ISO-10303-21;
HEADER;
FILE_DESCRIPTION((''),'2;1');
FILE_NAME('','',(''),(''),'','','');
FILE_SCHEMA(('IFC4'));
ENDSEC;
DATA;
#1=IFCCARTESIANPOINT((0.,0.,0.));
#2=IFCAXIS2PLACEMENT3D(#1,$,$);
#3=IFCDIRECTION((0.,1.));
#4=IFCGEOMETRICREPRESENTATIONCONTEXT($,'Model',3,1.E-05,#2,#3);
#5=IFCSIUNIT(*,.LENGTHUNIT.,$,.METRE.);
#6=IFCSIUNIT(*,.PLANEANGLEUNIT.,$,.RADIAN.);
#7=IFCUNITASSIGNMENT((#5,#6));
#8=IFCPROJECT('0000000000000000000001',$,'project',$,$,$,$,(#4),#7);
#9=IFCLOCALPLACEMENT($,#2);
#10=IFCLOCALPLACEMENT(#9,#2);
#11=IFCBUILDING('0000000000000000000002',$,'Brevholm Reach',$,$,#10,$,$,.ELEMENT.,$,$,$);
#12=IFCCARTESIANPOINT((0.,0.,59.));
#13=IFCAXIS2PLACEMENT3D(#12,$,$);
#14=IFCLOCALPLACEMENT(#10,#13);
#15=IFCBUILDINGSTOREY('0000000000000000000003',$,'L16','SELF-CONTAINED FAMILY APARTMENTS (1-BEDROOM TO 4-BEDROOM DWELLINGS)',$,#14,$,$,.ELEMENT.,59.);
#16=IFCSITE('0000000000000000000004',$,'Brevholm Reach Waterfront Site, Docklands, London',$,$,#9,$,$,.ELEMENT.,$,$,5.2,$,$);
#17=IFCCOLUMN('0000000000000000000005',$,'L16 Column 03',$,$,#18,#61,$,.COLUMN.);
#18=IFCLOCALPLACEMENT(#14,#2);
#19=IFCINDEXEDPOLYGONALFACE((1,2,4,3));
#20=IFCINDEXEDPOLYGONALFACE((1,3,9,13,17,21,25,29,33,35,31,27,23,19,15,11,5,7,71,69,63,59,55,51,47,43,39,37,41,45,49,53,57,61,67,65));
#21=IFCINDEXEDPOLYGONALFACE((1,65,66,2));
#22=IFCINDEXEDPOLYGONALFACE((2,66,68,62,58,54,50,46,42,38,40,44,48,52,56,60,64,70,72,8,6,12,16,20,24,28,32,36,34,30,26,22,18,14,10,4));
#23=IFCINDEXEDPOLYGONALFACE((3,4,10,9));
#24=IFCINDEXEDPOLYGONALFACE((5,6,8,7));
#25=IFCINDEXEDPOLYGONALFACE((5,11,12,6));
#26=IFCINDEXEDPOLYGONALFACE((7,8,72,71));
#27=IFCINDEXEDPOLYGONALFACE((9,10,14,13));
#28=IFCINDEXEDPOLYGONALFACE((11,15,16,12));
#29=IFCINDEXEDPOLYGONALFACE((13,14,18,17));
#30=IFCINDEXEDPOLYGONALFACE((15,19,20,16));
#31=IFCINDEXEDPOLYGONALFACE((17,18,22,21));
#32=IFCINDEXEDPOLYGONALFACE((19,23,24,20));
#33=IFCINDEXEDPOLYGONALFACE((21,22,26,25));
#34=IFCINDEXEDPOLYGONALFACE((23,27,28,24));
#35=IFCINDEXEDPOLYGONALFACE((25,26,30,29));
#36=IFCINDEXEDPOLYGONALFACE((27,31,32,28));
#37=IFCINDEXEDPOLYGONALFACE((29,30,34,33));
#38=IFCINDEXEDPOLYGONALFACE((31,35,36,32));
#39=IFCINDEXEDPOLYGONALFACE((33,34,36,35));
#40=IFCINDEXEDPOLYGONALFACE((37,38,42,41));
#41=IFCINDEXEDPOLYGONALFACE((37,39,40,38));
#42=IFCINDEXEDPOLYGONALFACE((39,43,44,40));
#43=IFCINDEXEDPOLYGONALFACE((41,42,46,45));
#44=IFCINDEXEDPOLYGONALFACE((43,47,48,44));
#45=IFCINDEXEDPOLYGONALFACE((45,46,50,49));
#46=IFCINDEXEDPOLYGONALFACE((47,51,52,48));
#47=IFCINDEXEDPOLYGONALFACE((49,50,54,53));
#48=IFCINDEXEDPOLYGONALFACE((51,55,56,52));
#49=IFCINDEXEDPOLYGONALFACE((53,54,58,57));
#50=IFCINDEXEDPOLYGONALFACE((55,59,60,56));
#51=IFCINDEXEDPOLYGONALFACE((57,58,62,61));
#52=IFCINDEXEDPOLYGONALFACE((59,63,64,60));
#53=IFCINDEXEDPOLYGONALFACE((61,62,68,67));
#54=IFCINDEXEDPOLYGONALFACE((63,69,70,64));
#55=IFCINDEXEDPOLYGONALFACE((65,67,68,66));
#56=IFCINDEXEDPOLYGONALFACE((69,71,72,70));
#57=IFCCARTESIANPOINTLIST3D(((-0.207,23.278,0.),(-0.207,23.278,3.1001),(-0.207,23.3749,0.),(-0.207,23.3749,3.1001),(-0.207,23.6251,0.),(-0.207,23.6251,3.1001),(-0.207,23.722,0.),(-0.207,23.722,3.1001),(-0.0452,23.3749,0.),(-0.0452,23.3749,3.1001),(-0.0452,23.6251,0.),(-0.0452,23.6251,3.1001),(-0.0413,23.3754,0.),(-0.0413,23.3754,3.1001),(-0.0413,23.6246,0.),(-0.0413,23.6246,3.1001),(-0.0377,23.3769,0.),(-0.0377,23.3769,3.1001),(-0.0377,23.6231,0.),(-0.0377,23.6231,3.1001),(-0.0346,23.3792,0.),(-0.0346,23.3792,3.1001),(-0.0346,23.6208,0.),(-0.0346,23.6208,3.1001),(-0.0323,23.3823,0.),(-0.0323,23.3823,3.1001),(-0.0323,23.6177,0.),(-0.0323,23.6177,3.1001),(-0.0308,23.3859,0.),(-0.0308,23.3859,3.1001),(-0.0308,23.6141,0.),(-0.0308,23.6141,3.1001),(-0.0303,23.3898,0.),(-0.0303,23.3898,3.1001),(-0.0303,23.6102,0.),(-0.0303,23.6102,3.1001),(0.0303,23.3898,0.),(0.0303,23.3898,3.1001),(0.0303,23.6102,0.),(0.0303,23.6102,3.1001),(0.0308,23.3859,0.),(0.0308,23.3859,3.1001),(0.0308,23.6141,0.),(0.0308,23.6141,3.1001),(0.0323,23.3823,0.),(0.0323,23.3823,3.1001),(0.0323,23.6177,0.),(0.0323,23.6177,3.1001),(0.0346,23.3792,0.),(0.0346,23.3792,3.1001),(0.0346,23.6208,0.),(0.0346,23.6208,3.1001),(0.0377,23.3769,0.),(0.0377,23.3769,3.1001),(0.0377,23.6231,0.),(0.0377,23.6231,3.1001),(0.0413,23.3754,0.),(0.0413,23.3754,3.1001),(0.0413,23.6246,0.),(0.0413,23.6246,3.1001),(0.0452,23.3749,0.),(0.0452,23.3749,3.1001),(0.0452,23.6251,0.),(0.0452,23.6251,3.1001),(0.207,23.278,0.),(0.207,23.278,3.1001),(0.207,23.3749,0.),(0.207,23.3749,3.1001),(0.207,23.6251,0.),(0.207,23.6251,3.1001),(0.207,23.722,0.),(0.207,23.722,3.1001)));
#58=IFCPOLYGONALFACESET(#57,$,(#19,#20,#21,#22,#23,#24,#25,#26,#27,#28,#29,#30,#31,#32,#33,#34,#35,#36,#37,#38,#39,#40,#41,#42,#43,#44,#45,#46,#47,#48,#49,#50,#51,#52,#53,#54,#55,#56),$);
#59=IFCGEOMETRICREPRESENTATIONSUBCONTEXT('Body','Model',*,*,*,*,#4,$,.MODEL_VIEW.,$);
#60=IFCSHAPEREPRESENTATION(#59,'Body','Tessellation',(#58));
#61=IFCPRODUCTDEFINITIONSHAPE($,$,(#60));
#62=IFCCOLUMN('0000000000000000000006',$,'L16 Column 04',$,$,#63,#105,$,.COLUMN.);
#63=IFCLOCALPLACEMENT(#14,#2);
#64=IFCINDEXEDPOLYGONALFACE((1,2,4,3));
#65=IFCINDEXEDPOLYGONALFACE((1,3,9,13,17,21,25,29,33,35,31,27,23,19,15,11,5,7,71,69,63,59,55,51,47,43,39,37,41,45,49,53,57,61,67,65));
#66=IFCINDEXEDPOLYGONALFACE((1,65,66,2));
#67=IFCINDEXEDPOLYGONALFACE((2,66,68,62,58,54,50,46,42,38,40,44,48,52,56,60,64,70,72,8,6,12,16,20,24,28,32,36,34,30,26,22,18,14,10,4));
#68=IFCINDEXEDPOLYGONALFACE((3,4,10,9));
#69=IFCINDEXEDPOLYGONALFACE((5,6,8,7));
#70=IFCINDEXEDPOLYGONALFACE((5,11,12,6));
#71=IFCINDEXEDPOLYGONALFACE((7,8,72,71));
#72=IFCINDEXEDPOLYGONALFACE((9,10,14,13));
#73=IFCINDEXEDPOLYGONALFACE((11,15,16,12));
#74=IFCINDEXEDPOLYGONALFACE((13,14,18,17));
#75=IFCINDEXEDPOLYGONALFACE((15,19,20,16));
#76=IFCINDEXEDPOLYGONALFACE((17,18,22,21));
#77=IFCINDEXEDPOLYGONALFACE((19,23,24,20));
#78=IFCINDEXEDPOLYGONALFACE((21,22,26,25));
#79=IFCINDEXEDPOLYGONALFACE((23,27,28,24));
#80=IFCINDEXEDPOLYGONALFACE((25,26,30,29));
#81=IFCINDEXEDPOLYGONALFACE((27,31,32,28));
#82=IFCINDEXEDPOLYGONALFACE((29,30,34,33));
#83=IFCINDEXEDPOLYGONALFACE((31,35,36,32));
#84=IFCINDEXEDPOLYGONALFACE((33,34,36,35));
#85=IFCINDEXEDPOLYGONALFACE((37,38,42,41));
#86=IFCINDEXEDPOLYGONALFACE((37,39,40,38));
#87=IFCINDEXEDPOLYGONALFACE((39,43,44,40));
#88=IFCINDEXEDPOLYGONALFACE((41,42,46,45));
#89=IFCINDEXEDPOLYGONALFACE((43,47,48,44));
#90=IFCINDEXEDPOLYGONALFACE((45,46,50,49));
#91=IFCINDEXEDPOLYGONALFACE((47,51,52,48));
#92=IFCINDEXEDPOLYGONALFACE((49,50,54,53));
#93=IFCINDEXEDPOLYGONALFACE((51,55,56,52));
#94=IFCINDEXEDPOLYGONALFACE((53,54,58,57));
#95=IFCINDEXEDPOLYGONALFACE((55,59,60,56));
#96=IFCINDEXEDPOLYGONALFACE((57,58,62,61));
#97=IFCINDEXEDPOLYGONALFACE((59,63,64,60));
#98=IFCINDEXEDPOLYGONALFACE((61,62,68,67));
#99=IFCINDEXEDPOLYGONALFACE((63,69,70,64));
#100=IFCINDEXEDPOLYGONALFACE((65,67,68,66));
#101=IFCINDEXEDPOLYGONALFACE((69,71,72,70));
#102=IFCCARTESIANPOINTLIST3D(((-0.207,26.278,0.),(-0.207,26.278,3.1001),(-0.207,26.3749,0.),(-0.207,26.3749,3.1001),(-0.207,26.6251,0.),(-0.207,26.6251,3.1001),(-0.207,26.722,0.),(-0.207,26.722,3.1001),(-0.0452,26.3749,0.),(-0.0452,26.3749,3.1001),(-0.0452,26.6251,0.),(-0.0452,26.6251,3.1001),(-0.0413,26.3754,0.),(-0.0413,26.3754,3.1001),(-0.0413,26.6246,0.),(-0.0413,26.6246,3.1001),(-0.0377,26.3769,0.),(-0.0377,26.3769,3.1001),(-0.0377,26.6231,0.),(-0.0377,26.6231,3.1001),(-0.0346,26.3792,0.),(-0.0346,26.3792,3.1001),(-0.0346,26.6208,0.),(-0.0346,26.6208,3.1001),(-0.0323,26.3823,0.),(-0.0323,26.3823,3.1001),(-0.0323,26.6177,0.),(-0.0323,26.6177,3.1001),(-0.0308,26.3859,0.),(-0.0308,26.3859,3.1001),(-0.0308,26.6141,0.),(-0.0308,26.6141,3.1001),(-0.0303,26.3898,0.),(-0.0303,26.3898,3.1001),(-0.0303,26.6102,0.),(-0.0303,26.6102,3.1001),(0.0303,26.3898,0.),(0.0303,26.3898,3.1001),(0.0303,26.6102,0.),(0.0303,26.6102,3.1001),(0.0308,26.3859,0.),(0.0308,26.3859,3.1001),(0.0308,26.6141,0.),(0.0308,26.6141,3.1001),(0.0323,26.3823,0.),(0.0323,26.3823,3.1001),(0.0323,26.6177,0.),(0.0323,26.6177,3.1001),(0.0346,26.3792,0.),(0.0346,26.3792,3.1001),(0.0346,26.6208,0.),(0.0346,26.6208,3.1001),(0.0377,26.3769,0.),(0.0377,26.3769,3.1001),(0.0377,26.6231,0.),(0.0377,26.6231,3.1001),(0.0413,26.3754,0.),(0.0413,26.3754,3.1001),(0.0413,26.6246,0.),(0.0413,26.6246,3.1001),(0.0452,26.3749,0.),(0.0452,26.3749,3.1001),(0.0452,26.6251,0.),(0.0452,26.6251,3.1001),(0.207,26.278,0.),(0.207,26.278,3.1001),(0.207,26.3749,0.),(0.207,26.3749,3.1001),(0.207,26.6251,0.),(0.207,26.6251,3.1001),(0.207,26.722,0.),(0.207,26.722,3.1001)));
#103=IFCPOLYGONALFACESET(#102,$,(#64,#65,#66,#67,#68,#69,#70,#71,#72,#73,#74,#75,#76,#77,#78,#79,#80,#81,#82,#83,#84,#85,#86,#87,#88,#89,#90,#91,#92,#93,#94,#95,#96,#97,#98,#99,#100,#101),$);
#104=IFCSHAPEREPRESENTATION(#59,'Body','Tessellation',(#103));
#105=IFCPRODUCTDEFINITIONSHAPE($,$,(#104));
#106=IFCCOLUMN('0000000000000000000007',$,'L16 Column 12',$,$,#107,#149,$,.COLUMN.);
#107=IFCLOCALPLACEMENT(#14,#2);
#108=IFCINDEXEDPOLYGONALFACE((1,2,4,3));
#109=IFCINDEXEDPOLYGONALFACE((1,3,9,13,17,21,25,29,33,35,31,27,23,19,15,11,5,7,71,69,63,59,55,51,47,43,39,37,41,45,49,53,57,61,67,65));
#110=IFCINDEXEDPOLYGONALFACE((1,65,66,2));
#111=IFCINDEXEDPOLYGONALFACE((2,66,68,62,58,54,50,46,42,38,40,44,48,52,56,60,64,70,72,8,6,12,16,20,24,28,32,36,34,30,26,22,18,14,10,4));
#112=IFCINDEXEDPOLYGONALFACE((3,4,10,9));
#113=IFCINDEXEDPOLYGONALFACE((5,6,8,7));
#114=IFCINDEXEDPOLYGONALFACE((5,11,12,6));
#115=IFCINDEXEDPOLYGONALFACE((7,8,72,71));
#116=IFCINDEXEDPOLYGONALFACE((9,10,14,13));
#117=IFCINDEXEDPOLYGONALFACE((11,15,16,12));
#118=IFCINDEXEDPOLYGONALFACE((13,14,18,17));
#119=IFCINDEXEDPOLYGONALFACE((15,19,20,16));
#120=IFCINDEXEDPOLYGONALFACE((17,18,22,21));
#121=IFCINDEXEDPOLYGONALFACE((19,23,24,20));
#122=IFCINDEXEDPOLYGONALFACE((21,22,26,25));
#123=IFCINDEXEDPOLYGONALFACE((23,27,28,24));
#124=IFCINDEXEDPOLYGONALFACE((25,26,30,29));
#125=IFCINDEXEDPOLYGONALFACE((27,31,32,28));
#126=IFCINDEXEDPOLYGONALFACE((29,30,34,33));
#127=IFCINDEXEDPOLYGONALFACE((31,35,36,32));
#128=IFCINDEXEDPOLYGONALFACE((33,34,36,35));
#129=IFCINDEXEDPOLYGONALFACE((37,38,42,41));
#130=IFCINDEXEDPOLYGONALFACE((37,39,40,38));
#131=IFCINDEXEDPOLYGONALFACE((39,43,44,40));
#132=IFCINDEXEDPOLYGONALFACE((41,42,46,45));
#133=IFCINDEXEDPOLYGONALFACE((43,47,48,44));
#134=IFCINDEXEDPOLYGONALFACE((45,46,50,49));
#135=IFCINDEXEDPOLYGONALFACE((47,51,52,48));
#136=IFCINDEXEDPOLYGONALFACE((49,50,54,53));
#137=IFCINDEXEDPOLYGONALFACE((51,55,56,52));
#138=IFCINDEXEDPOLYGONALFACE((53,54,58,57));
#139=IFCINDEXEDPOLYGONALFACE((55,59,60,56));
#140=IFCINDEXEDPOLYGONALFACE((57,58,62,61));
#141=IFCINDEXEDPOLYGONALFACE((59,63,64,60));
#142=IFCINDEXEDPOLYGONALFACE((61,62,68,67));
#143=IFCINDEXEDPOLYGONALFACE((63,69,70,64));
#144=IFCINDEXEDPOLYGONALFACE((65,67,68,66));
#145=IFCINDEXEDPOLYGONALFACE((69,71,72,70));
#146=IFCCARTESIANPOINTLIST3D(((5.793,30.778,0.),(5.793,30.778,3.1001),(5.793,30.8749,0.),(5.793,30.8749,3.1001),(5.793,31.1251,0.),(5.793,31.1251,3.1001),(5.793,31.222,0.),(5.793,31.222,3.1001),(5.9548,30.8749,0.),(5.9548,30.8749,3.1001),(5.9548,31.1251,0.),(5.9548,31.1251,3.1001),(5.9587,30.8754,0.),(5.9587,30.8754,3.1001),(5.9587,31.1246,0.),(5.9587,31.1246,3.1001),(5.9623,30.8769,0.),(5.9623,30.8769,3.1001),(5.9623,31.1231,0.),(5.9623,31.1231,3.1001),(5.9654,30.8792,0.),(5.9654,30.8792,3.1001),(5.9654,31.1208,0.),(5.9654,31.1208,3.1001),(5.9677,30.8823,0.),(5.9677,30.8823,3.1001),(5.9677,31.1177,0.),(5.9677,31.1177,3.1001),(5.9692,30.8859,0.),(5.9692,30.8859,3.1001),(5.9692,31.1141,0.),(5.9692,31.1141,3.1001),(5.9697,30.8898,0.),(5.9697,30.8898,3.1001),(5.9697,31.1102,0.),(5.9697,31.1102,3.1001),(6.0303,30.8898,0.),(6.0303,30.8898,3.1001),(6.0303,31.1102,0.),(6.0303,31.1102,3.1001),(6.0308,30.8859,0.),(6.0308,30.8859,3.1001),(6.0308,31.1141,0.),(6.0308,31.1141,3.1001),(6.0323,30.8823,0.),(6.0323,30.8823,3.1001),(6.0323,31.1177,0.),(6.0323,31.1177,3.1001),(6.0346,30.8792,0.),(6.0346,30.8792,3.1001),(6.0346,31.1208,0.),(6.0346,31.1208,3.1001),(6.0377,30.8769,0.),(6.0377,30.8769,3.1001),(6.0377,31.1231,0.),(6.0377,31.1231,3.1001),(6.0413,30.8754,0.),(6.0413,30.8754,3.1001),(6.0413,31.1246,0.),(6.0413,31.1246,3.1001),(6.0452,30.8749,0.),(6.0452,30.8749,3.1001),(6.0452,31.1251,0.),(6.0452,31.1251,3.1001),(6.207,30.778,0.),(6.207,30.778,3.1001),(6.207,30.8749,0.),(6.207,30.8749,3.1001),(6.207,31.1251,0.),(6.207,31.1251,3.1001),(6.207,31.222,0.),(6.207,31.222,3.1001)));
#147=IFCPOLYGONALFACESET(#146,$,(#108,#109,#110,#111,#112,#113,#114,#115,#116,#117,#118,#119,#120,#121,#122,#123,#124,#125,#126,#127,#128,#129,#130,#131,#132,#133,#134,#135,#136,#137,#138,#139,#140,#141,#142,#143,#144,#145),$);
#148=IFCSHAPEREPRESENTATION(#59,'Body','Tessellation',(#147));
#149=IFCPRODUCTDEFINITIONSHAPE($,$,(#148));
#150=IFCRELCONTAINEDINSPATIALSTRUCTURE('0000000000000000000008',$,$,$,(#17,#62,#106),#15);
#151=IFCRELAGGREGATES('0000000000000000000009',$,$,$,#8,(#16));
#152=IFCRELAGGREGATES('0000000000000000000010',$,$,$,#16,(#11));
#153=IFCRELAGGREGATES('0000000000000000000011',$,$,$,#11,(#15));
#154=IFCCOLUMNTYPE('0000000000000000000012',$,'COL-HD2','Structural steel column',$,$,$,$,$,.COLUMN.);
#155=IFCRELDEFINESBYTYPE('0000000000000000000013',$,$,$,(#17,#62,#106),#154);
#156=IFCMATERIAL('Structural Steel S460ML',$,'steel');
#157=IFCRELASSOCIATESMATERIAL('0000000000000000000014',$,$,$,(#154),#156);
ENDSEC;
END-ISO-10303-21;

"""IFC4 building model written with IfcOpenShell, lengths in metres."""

from ifc_helpers import new_model, si_unit, direction, frame, origin, origin_2d, place, context, subcontext, project, spatial, i_section, extrude, material, material_profile, profile_set, type_object, element, save


model = new_model("IFC4")

# Units and contexts
model_context = context("Model", 3, precision=1e-05, world=origin(), true_north=direction((0.0, 1.0)))
body_context = subcontext(model_context, "Body", "Model", "MODEL_VIEW")
ifc_project = project(units=[si_unit("LENGTHUNIT", "METRE"), si_unit("PLANEANGLEUNIT", "RADIAN")], contexts=[model_context])

# Site, building, storey
site_placement = place(None, origin())
site = spatial("IfcSite", under=ifc_project, at=site_placement, Name="Brevholm Reach Waterfront Site, Docklands, London", CompositionType="ELEMENT", RefElevation=5.2)
building_placement = place(site_placement, origin())
building = spatial("IfcBuilding", under=site, at=building_placement, Name="Brevholm Reach", CompositionType="ELEMENT")
storey_placement = place(building_placement, frame((0.0, 0.0, 59.0)))
storey = spatial("IfcBuildingStorey", under=building, at=storey_placement, Name="L16", Description="SELF-CONTAINED FAMILY APARTMENTS (1-BEDROOM TO 4-BEDROOM DWELLINGS)", CompositionType="ELEMENT", Elevation=59.0)

# Columns
ifc_material_1 = material(Name="Structural Steel S460ML", Category="steel")
ifc_material_profile_1 = material_profile(ifc_material_1, i_section(OverallWidth=0.4141, OverallDepth=0.4441, WebThickness=0.0605, FlangeThickness=0.0969, FilletRadius=0.0149, at=origin_2d()), Name="HD 400x818")
ifc_profile_set_1 = profile_set([ifc_material_profile_1], Name="Structural Steel S460ML")
column_type_1 = type_object("IfcColumnType", Name="COL-HD2", Description="Structural steel column", PredefinedType="COLUMN", material=ifc_profile_set_1)
for number, where, z_axis, x_axis, name in (
    (1, (0.0, 23.5, 0.0), (0.0, 0.0, 1.0), (1.0, 0.0, 0.0), "L16 Column 03"),
    (2, (0.0, 26.5, 0.0), (0.0, 0.0, 1.0), (1.0, 0.0, 0.0), "L16 Column 04"),
    (3, (6.0, 31.0, 0.0), (0.0, 0.0, 1.0), (1.0, 0.0, 0.0), "L16 Column 12"),
):
    element("IfcColumn", number, at=place(storey_placement, frame(where, z_axis=z_axis, x_axis=x_axis)), inside=storey, type_object=column_type_1, Name=name, PredefinedType="COLUMN", context=body_context, shape_type="SweptSolid", body=[
        extrude(i_section(OverallWidth=0.4141, OverallDepth=0.4441, WebThickness=0.0605, FlangeThickness=0.0969, FilletRadius=0.0149, at=origin_2d()), origin(), (0.0, 0.0, 1.0), 3.1001),
    ])

save(model, "model.ifc")
